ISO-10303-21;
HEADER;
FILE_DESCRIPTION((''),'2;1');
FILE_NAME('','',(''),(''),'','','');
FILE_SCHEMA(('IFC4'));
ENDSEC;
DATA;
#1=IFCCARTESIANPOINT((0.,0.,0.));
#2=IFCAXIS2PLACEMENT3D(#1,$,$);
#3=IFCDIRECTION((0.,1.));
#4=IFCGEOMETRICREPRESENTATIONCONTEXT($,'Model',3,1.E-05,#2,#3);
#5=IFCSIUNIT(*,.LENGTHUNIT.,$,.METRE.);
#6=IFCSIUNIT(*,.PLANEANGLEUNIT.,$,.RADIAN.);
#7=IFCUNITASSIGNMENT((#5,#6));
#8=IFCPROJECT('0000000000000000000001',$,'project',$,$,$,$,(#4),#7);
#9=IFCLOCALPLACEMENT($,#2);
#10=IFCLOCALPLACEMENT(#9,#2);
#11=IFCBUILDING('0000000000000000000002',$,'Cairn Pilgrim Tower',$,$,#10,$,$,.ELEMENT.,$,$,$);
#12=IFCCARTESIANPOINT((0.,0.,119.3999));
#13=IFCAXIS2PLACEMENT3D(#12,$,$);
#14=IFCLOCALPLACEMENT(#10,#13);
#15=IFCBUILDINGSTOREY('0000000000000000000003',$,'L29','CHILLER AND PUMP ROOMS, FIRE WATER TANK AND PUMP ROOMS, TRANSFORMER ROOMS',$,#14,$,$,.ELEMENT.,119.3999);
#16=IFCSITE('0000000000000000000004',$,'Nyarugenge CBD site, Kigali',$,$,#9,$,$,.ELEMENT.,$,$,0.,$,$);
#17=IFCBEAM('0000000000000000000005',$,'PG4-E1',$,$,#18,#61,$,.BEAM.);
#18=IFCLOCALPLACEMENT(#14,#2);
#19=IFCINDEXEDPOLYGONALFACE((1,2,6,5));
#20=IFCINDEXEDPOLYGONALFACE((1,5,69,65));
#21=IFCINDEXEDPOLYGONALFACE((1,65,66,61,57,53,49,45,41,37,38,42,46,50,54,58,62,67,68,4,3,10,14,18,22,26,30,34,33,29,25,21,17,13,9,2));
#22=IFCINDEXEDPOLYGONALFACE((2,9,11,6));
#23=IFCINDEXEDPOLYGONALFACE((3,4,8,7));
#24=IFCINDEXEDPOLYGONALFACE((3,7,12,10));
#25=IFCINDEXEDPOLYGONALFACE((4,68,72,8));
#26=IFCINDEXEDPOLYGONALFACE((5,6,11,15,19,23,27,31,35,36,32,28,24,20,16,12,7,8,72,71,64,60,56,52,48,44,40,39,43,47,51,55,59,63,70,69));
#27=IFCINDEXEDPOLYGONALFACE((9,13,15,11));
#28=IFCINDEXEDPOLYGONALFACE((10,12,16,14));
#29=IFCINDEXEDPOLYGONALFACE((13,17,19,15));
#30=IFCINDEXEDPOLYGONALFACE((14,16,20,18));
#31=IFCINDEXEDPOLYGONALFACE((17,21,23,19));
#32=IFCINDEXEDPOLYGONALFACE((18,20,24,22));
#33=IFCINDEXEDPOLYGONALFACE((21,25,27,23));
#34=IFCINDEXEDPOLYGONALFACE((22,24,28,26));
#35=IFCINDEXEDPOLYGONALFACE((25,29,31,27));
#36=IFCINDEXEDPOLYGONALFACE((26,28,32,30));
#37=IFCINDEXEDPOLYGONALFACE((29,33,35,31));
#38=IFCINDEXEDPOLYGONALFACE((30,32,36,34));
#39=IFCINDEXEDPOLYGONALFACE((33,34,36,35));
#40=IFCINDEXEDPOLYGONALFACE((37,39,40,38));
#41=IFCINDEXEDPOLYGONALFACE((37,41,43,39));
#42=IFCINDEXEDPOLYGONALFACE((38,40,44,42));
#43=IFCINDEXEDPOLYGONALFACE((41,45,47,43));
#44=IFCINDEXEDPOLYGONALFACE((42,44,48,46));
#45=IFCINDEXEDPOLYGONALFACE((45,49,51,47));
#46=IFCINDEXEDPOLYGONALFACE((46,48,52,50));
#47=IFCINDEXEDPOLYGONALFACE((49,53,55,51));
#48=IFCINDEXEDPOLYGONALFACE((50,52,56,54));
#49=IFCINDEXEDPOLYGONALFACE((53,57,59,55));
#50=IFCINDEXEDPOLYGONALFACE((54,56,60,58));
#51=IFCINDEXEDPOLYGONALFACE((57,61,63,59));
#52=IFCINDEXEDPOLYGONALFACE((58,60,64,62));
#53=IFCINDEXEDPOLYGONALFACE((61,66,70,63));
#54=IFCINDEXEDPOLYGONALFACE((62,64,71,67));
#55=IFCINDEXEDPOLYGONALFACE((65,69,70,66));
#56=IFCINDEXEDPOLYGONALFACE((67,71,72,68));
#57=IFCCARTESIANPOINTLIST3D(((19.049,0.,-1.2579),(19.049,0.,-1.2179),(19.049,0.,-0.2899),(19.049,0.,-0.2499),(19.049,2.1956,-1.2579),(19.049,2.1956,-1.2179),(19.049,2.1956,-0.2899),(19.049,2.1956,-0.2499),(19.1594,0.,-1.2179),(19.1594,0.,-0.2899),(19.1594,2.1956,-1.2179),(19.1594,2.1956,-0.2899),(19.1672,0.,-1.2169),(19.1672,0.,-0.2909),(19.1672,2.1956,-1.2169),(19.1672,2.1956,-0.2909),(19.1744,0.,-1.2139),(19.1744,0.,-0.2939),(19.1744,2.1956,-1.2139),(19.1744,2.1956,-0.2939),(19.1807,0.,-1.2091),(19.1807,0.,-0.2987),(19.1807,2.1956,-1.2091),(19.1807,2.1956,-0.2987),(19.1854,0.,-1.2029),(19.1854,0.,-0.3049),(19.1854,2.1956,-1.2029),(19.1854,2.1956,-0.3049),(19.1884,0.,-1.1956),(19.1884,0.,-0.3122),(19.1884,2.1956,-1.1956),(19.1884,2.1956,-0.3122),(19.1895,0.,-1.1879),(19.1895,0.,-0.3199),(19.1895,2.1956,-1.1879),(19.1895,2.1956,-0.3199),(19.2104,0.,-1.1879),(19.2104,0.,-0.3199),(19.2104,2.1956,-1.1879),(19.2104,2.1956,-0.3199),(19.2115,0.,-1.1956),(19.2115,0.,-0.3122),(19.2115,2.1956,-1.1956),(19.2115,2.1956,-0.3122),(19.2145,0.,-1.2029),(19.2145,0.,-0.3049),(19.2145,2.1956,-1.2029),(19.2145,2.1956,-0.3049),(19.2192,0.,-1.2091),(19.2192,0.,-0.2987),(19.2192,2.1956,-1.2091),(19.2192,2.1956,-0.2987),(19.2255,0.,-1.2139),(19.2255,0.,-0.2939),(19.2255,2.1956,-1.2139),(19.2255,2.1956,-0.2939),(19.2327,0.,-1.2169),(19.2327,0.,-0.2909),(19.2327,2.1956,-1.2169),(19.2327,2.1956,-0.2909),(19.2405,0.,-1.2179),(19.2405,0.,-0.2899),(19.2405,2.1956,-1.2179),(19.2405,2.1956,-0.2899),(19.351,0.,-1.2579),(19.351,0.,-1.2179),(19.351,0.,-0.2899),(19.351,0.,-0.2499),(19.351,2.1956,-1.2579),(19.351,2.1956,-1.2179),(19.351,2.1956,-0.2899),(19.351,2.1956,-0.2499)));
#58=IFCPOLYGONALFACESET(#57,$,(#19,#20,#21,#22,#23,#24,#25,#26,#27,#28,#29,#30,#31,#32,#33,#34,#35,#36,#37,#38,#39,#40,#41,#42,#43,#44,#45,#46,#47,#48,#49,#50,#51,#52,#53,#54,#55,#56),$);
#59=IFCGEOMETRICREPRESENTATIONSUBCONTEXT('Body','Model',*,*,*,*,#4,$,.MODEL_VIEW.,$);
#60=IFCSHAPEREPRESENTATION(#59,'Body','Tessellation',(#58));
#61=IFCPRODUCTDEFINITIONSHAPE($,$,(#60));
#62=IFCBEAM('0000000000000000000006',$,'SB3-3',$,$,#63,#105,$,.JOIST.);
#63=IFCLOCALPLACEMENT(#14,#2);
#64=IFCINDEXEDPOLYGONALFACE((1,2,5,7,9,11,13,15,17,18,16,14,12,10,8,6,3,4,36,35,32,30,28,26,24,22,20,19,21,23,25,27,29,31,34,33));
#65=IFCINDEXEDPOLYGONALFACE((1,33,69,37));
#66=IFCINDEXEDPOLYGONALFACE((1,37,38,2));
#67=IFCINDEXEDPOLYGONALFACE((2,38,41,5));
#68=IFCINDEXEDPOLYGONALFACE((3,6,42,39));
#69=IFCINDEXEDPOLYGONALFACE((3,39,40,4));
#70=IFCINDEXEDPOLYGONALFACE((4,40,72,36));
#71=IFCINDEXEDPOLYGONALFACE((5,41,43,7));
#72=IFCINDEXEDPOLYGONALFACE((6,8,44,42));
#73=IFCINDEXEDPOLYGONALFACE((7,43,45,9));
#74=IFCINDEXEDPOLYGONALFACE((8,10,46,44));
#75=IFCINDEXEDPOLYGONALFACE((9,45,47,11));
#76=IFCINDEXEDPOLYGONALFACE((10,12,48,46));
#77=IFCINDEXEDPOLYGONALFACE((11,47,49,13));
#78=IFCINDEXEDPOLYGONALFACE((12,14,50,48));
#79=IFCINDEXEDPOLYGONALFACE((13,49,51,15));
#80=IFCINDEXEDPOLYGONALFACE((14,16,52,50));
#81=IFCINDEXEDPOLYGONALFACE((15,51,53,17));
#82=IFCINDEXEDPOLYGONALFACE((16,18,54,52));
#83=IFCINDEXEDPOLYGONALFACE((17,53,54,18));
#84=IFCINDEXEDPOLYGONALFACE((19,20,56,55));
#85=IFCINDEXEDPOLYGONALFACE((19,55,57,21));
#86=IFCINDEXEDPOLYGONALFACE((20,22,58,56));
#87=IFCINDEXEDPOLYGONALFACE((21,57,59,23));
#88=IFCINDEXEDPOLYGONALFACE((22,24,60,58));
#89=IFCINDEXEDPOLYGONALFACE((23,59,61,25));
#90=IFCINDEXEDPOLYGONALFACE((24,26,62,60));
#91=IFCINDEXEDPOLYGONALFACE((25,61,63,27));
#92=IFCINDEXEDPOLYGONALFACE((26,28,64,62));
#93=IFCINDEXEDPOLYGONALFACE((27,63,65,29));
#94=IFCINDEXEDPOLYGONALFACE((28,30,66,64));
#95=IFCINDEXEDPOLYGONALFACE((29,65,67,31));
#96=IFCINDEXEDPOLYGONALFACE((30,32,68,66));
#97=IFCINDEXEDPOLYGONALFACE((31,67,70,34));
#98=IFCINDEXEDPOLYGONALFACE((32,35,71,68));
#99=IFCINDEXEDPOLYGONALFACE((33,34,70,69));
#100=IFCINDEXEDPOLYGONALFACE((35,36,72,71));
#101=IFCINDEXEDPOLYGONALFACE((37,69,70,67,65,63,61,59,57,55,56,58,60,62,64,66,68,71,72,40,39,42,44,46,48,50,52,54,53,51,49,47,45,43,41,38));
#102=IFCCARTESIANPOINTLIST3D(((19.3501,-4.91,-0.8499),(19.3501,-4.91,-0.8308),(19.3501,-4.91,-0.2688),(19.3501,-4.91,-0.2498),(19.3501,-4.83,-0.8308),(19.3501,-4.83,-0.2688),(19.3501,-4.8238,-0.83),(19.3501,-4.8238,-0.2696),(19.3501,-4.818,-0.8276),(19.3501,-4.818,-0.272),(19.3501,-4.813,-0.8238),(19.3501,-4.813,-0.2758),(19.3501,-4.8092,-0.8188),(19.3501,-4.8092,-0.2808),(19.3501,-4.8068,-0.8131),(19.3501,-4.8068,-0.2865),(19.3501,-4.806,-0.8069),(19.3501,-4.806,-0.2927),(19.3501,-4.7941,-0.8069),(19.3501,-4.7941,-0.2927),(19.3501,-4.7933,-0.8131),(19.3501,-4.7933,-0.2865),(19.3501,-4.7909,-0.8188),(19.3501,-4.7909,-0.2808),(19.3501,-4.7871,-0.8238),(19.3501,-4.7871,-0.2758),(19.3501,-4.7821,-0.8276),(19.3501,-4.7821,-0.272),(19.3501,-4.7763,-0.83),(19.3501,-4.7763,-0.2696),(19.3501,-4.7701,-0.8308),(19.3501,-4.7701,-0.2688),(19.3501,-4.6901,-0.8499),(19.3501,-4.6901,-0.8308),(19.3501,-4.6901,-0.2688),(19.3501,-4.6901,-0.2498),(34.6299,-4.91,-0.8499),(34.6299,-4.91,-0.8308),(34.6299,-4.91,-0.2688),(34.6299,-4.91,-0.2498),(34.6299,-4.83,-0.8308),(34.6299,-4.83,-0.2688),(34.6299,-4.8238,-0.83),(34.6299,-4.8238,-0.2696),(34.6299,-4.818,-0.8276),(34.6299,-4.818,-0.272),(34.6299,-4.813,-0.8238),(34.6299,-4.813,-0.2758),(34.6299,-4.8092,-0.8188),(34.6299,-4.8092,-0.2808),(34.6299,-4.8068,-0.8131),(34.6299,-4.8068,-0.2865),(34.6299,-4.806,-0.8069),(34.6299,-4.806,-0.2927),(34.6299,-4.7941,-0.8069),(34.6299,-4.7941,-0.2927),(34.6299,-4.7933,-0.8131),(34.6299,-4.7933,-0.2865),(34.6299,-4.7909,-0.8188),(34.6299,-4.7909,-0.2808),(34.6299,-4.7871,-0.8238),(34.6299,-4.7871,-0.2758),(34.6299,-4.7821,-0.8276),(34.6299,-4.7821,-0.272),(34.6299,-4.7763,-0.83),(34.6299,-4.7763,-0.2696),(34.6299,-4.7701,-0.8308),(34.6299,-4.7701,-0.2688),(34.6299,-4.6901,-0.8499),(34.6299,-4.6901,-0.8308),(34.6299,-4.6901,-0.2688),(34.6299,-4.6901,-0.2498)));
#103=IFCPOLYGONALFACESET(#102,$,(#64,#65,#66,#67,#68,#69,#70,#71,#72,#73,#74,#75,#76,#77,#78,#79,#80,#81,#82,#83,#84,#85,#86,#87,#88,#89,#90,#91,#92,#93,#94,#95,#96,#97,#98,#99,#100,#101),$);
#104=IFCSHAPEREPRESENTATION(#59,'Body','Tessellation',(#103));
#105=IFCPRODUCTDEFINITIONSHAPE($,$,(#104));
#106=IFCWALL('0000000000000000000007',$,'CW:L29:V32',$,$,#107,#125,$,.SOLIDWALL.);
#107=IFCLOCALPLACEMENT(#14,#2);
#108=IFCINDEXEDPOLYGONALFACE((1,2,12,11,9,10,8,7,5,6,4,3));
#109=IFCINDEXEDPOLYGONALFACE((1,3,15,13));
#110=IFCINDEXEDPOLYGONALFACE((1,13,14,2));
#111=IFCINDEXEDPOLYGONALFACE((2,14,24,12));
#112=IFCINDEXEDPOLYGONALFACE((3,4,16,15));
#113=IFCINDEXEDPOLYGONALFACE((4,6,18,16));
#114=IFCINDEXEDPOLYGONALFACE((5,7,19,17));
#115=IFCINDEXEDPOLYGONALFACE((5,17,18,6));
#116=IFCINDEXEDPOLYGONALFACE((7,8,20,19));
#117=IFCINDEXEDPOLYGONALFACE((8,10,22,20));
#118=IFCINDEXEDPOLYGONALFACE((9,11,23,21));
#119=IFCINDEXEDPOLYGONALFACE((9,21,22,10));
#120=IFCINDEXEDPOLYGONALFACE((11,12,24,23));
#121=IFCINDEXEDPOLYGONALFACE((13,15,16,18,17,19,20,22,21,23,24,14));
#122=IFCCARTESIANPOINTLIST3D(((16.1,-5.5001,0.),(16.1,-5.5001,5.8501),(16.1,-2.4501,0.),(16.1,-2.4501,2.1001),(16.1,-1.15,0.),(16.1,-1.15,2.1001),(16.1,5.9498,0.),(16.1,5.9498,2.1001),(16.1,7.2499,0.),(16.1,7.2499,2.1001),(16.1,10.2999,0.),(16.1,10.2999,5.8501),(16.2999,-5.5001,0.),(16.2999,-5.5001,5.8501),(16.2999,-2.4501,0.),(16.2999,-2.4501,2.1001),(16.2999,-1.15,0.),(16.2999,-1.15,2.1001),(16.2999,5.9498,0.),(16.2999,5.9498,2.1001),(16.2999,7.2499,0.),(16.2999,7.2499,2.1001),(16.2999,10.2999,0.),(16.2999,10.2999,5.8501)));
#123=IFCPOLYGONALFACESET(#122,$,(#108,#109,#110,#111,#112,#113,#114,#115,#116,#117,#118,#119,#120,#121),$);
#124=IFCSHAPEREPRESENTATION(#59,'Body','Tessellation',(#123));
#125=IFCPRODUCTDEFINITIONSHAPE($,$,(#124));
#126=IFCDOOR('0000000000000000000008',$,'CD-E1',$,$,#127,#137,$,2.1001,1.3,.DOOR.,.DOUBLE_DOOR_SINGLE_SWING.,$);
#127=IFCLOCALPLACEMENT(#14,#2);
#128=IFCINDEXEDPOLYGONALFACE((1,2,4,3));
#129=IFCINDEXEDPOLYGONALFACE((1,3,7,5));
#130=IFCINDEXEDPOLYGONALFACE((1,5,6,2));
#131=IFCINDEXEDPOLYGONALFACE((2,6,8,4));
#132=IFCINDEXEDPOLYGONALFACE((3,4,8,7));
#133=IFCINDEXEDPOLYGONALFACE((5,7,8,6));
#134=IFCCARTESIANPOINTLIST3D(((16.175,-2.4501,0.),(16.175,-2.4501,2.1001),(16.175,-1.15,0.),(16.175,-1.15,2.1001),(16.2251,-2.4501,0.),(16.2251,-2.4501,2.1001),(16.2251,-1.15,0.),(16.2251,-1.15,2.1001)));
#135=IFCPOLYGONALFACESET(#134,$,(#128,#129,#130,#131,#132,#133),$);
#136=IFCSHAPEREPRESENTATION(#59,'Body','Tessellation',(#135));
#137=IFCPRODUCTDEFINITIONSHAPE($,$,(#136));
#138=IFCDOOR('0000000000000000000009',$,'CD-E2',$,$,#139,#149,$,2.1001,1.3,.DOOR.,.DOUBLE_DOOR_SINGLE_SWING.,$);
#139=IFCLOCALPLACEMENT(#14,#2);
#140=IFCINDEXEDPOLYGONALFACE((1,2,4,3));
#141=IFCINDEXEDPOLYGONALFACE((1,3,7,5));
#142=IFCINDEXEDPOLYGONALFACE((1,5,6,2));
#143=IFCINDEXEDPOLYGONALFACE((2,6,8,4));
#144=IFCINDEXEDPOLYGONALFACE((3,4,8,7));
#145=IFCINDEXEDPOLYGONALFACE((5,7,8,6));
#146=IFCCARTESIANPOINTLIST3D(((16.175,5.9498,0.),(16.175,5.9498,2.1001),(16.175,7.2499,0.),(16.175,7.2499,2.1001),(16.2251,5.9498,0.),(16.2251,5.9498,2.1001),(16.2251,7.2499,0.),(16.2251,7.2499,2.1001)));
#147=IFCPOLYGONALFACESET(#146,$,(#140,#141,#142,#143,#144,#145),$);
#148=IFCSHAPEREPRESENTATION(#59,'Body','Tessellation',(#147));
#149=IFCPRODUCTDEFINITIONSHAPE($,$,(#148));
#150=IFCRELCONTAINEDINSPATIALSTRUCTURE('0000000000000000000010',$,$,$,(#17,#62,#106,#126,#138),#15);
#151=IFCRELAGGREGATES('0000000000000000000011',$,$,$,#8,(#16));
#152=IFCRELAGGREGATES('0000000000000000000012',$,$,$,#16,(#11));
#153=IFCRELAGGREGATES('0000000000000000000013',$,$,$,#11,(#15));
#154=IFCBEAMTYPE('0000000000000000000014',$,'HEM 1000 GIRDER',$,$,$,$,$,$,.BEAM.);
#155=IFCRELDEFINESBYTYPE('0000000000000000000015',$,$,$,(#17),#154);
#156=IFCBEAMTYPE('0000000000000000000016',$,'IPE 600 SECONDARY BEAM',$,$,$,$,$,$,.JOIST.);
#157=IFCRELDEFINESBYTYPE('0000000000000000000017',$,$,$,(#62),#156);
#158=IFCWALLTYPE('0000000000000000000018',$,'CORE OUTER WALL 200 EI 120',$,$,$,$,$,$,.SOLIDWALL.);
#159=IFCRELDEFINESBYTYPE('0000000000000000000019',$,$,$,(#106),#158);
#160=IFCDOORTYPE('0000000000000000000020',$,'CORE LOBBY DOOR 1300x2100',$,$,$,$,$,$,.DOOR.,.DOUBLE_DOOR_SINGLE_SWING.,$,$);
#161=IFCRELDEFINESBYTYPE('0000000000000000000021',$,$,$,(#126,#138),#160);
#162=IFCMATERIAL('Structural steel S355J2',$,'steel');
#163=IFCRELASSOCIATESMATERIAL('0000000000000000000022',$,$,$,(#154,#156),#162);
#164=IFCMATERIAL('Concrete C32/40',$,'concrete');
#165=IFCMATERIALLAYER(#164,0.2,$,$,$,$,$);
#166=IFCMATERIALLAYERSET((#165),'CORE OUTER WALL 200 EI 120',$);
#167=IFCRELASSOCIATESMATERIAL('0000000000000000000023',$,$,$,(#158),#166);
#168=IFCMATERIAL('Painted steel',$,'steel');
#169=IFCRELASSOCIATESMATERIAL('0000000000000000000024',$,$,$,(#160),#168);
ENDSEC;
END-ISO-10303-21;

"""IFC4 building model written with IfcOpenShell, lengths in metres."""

from ifc_helpers import new_model, si_unit, direction, frame, frame_2d, origin, origin_2d, place, context, subcontext, project, spatial, rectangle, i_section, extrude, material, layer, layer_set, material_profile, profile_set, type_object, element, fill, save


model = new_model("IFC4")

# Units and contexts
model_context = context("Model", 3, precision=1e-05, world=origin(), true_north=direction((0.0, 1.0)))
body_context = subcontext(model_context, "Body", "Model", "MODEL_VIEW")
ifc_project = project(units=[si_unit("LENGTHUNIT", "METRE"), si_unit("PLANEANGLEUNIT", "RADIAN")], contexts=[model_context])

# Site, building, storey
site_placement = place(None, origin())
site = spatial("IfcSite", under=ifc_project, at=site_placement, Name="Nyarugenge CBD site, Kigali", CompositionType="ELEMENT", RefElevation=0.0)
building_placement = place(site_placement, origin())
building = spatial("IfcBuilding", under=site, at=building_placement, Name="Cairn Pilgrim Tower", CompositionType="ELEMENT")
storey_placement = place(building_placement, frame((0.0, 0.0, 119.3999)))
storey = spatial("IfcBuildingStorey", under=building, at=storey_placement, Name="L29", Description="CHILLER AND PUMP ROOMS, FIRE WATER TANK AND PUMP ROOMS, TRANSFORMER ROOMS", CompositionType="ELEMENT", Elevation=119.3999)

# Beams
ifc_material_1 = material(Name="Structural steel S355J2", Category="steel")
ifc_material_profile_1 = material_profile(ifc_material_1, i_section(OverallWidth=0.302, OverallDepth=1.0081, WebThickness=0.021, FlangeThickness=0.04, FilletRadius=0.03, at=origin_2d()), Name="HEM 1000")
ifc_profile_set_1 = profile_set([ifc_material_profile_1], Name="Structural steel S355J2")
beam_type_1 = type_object("IfcBeamType", Name="HEM 1000 GIRDER", PredefinedType="BEAM", material=ifc_profile_set_1)
beam_1_placement = place(storey_placement, frame((19.2, 0.0, -0.7539), z_axis=(0.0, 1.0, 0.0), x_axis=(-1.0, 0.0, 0.0)))
element("IfcBeam", 1, at=beam_1_placement, inside=storey, type_object=beam_type_1, Name="PG4-E1", PredefinedType="BEAM", context=body_context, shape_type="SweptSolid", body=[
    extrude(i_section(OverallWidth=0.302, OverallDepth=1.0081, WebThickness=0.021, FlangeThickness=0.04, FilletRadius=0.03, at=origin_2d()), origin(), (0.0, 0.0, 1.0), 2.1956),
])
ifc_material_profile_2 = material_profile(ifc_material_1, i_section(OverallWidth=0.22, OverallDepth=0.6001, WebThickness=0.012, FlangeThickness=0.019, FilletRadius=0.0239, at=origin_2d()), Name="IPE 600")
ifc_profile_set_2 = profile_set([ifc_material_profile_2], Name="Structural steel S355J2")
beam_type_2 = type_object("IfcBeamType", Name="IPE 600 SECONDARY BEAM", PredefinedType="JOIST", material=ifc_profile_set_2)
beam_2_placement = place(storey_placement, frame((19.3501, -4.8, -0.5498), z_axis=(1.0, 0.0, 0.0), x_axis=(0.0, 1.0, 0.0)))
element("IfcBeam", 2, at=beam_2_placement, inside=storey, type_object=beam_type_2, Name="SB3-3", PredefinedType="JOIST", context=body_context, shape_type="SweptSolid", body=[
    extrude(i_section(OverallWidth=0.22, OverallDepth=0.6001, WebThickness=0.012, FlangeThickness=0.019, FilletRadius=0.0239, at=origin_2d()), origin(), (0.0, 0.0, 1.0), 15.2798),
])

# Wall, openings, doors
ifc_material_2 = material(Name="Concrete C32/40", Category="concrete")
ifc_layer_1 = layer(ifc_material_2, 0.2)
ifc_layer_set_1 = layer_set([ifc_layer_1], Name="CORE OUTER WALL 200 EI 120")
wall_type_1 = type_object("IfcWallType", Name="CORE OUTER WALL 200 EI 120", PredefinedType="SOLIDWALL", material=ifc_layer_set_1)
wall_1_placement = place(storey_placement, frame((16.2, -5.5, 0.0), z_axis=(0.0, 0.0, 1.0), x_axis=(0.0, 1.0, 0.0)))
wall_1 = element("IfcWall", 3, at=wall_1_placement, inside=storey, type_object=wall_type_1, Name="CW:L29:V32", PredefinedType="SOLIDWALL", context=body_context, shape_type="SweptSolid", body=[
    extrude(rectangle(XDim=15.8, YDim=0.2, at=frame_2d((7.8999, 0.0))), origin(), (0.0, 0.0, 1.0), 5.8501),
])
opening_1_placement = place(wall_1_placement, frame((3.05, 0.0, 0.0)))
opening_1 = element("IfcOpeningElement", 4, at=opening_1_placement, cuts=wall_1, PredefinedType="OPENING", context=body_context, shape_type="SweptSolid", body=[
    extrude(rectangle(XDim=1.3, YDim=2.1001, at=frame_2d((0.6499, 1.05))), frame((0.0, 0.1099, 0.0), z_axis=(0.0, -1.0, 0.0), x_axis=(1.0, 0.0, 0.0)), (0.0, 0.0, 1.0), 0.22),
])
opening_2_placement = place(wall_1_placement, frame((11.45, 0.0, 0.0)))
opening_2 = element("IfcOpeningElement", 5, at=opening_2_placement, cuts=wall_1, PredefinedType="OPENING", context=body_context, shape_type="SweptSolid", body=[
    extrude(rectangle(XDim=1.3, YDim=2.1001, at=frame_2d((0.6499, 1.05))), frame((0.0, 0.1099, 0.0), z_axis=(0.0, -1.0, 0.0), x_axis=(1.0, 0.0, 0.0)), (0.0, 0.0, 1.0), 0.22),
])
ifc_material_3 = material(Name="Painted steel", Category="steel")
door_type_1 = type_object("IfcDoorType", Name="CORE LOBBY DOOR 1300x2100", OperationType="DOUBLE_DOOR_SINGLE_SWING", PredefinedType="DOOR", material=ifc_material_3)
door_1_placement = place(opening_1_placement, origin())
door_1 = element("IfcDoor", 6, at=door_1_placement, inside=storey, type_object=door_type_1, Name="CD-E1", OperationType="DOUBLE_DOOR_SINGLE_SWING", OverallHeight=2.1001, OverallWidth=1.3, PredefinedType="DOOR", context=body_context, shape_type="SweptSolid", body=[
    extrude(rectangle(XDim=1.3, YDim=2.1001, at=frame_2d((0.6499, 1.05))), frame((0.0, 0.0249, 0.0), z_axis=(0.0, -1.0, 0.0), x_axis=(1.0, 0.0, 0.0)), (0.0, 0.0, 1.0), 0.05),
])
fill(opening_1, door_1)
door_2_placement = place(opening_2_placement, origin())
door_2 = element("IfcDoor", 7, at=door_2_placement, inside=storey, type_object=door_type_1, Name="CD-E2", OperationType="DOUBLE_DOOR_SINGLE_SWING", OverallHeight=2.1001, OverallWidth=1.3, PredefinedType="DOOR", context=body_context, shape_type="SweptSolid", body=[
    extrude(rectangle(XDim=1.3, YDim=2.1001, at=frame_2d((0.6499, 1.05))), frame((0.0, 0.0249, 0.0), z_axis=(0.0, -1.0, 0.0), x_axis=(1.0, 0.0, 0.0)), (0.0, 0.0, 1.0), 0.05),
])
fill(opening_2, door_2)

save(model, "model.ifc")
